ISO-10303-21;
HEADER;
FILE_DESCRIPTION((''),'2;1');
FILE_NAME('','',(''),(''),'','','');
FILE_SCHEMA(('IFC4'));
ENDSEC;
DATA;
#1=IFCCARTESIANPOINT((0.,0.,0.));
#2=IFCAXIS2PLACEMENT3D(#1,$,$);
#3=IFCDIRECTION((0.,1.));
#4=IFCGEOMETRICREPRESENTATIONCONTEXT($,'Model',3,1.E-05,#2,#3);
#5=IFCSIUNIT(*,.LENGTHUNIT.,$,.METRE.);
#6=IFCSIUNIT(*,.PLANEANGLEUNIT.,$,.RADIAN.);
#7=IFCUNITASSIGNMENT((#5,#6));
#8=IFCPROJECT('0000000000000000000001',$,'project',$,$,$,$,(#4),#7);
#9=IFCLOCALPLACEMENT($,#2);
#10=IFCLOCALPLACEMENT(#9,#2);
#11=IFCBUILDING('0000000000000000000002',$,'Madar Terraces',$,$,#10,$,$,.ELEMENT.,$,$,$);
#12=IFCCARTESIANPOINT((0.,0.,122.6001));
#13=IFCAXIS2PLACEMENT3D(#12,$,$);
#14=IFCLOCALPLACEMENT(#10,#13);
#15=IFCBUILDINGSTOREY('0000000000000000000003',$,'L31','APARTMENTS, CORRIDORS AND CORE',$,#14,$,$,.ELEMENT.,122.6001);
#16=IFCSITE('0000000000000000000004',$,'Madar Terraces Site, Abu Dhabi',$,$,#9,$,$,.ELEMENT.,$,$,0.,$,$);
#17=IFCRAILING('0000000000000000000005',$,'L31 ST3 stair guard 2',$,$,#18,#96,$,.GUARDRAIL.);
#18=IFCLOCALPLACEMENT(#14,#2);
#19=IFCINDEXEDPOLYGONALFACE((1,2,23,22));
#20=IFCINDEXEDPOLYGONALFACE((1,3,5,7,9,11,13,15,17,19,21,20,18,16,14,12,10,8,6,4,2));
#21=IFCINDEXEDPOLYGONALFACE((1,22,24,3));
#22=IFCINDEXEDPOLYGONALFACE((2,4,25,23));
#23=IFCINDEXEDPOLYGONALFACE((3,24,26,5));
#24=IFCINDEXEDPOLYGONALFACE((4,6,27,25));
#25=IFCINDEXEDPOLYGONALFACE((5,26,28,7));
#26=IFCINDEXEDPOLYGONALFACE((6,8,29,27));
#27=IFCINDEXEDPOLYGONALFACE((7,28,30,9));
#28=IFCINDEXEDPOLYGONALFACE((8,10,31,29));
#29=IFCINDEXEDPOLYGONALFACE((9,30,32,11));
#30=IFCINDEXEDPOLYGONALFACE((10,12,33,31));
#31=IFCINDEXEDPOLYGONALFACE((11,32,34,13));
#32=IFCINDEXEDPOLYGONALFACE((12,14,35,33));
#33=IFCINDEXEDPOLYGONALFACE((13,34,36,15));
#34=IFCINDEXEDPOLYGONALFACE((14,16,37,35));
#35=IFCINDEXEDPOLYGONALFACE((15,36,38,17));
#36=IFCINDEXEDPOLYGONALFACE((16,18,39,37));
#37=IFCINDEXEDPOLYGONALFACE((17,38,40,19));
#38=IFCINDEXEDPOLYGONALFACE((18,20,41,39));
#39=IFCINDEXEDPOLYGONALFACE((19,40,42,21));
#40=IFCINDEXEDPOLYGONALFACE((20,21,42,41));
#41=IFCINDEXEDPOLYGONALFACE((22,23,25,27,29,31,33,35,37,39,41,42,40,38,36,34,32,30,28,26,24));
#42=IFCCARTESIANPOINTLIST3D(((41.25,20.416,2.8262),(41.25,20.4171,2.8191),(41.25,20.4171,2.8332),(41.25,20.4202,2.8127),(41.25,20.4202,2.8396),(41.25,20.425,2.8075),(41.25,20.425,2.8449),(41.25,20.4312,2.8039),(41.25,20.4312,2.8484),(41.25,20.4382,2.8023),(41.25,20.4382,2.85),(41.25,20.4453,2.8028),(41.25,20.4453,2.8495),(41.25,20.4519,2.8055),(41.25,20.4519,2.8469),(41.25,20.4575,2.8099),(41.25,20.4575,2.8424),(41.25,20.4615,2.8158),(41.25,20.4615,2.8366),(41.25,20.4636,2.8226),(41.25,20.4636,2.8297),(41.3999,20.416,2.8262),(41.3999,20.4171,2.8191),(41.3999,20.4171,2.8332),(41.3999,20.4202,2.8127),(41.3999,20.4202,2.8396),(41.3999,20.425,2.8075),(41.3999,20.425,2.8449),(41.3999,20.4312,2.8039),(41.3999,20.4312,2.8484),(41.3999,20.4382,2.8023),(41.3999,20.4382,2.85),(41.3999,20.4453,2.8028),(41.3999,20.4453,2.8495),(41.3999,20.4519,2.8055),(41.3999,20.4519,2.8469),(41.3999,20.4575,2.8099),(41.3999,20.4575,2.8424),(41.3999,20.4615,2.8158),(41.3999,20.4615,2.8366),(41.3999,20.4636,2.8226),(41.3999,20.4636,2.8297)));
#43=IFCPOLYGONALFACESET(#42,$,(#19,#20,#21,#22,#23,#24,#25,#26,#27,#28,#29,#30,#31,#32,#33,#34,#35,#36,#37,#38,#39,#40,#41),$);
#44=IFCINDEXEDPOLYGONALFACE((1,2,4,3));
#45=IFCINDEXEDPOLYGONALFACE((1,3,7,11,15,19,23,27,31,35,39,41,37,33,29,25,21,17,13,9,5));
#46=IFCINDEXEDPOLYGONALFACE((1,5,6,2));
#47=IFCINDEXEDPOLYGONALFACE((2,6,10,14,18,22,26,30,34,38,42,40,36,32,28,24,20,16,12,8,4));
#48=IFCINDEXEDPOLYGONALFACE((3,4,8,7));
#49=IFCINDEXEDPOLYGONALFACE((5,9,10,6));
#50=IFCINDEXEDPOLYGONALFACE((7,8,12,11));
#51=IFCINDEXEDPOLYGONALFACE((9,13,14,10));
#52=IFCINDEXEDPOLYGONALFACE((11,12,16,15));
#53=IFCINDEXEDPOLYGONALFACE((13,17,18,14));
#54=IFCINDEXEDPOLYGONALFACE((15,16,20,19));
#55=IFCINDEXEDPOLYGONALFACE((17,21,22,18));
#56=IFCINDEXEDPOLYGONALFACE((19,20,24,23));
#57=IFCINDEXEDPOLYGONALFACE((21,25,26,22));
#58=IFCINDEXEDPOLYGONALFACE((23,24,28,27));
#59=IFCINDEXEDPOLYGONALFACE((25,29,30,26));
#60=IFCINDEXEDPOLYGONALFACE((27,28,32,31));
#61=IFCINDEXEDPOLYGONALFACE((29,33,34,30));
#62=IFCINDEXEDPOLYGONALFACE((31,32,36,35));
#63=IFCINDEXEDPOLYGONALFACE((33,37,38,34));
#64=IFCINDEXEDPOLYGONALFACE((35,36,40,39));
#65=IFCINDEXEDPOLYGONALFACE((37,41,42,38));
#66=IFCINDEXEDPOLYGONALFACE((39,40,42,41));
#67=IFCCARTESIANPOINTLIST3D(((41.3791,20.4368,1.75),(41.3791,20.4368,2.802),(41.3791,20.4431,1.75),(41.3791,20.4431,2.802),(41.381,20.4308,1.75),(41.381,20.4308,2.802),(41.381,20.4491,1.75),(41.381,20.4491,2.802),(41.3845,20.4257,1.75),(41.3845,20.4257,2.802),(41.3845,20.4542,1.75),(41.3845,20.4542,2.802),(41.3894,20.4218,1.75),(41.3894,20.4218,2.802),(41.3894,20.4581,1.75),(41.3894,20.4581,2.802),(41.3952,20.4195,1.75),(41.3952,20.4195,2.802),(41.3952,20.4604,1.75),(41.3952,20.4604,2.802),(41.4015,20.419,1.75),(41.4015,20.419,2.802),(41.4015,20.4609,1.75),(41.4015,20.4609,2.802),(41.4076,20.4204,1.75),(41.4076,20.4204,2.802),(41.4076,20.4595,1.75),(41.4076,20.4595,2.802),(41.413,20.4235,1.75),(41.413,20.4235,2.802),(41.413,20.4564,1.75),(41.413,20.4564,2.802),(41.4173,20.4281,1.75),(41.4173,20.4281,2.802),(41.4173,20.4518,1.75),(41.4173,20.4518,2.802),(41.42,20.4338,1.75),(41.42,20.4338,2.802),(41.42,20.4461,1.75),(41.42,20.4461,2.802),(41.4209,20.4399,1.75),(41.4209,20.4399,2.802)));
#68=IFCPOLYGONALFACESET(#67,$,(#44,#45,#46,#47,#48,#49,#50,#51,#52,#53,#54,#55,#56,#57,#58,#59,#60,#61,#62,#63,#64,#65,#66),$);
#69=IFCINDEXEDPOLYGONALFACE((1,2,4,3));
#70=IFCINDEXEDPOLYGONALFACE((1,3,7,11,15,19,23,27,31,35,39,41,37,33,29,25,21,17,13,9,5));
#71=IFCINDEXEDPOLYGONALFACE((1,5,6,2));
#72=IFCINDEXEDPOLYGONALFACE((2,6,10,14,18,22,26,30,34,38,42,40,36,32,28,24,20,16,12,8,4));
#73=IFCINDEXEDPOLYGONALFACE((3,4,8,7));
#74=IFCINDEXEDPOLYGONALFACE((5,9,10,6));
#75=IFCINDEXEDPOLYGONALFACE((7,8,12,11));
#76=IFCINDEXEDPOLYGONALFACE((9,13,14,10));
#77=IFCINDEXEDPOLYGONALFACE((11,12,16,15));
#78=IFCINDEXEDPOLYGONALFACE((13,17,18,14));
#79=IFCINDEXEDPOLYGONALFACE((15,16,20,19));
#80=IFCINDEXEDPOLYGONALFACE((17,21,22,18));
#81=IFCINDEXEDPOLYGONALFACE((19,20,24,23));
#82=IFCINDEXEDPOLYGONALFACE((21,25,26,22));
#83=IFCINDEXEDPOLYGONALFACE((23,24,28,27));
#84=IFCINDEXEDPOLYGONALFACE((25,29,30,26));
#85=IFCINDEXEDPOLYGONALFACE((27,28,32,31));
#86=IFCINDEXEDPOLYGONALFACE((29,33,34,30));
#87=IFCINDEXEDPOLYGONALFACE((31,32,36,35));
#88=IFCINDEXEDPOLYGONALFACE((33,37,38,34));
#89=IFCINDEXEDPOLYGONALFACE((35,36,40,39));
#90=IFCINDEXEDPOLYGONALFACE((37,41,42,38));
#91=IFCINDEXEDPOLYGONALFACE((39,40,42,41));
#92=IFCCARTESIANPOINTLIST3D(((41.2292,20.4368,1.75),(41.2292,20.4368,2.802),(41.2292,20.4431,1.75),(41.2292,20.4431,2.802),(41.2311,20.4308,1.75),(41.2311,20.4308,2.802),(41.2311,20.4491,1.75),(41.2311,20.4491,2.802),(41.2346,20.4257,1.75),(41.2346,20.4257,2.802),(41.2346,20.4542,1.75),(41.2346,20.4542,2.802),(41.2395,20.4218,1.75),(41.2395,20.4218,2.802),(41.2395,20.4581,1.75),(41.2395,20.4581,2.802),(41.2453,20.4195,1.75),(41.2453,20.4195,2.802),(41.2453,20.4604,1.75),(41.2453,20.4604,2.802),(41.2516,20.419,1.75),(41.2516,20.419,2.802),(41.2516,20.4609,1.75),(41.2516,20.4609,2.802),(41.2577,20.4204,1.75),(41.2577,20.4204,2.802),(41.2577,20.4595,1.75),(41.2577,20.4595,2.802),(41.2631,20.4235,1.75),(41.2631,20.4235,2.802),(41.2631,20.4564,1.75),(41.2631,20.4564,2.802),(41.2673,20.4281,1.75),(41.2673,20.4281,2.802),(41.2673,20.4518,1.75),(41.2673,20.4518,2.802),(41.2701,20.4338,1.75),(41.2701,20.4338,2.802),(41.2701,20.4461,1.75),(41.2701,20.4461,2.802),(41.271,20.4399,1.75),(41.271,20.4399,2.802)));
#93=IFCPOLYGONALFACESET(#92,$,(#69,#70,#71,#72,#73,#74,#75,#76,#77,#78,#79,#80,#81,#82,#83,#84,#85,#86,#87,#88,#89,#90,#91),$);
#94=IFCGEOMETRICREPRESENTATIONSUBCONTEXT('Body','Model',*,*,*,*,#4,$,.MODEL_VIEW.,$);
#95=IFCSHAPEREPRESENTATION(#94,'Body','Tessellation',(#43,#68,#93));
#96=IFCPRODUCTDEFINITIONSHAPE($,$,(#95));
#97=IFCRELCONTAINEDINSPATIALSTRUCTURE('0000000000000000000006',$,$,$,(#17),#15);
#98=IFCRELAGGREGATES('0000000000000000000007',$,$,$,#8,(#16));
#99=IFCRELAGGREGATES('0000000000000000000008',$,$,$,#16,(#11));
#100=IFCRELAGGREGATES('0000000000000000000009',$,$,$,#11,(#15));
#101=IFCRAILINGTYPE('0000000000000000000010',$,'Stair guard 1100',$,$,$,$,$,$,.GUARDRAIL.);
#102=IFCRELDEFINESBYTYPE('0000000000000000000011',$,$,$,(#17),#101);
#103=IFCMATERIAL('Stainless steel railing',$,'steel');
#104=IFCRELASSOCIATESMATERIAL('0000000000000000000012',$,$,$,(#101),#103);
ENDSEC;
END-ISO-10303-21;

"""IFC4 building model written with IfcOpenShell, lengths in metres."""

from ifc_helpers import new_model, si_unit, direction, frame, origin, origin_2d, place, context, subcontext, project, spatial, circle, extrude, material, type_object, element, save


model = new_model("IFC4")

# Units and contexts
model_context = context("Model", 3, precision=1e-05, world=origin(), true_north=direction((0.0, 1.0)))
body_context = subcontext(model_context, "Body", "Model", "MODEL_VIEW")
ifc_project = project(units=[si_unit("LENGTHUNIT", "METRE"), si_unit("PLANEANGLEUNIT", "RADIAN")], contexts=[model_context])

# Site, building, storey
site_placement = place(None, origin())
site = spatial("IfcSite", under=ifc_project, at=site_placement, Name="Madar Terraces Site, Abu Dhabi", CompositionType="ELEMENT", RefElevation=0.0)
building_placement = place(site_placement, origin())
building = spatial("IfcBuilding", under=site, at=building_placement, Name="Madar Terraces", CompositionType="ELEMENT")
storey_placement = place(building_placement, frame((0.0, 0.0, 122.6001)))
storey = spatial("IfcBuildingStorey", under=building, at=storey_placement, Name="L31", Description="APARTMENTS, CORRIDORS AND CORE", CompositionType="ELEMENT", Elevation=122.6001)

# Railing
ifc_material_1 = material(Name="Stainless steel railing", Category="steel")
railing_type_1 = type_object("IfcRailingType", Name="Stair guard 1100", PredefinedType="GUARDRAIL", material=ifc_material_1)
railing_1_placement = place(storey_placement, frame((41.3999, 20.4399, 1.75)))
element("IfcRailing", 1, at=railing_1_placement, inside=storey, type_object=railing_type_1, Name="L31 ST3 stair guard 2", PredefinedType="GUARDRAIL", context=body_context, shape_type="SweptSolid", body=[
    extrude(circle(Radius=0.0239, at=origin_2d()), frame((0.0, 0.0, 1.0762), z_axis=(-1.0, 0.0, 0.0), x_axis=(0.0, -1.0, 0.0)), (0.0, 0.0, 1.0), 0.1499),
    extrude(circle(Radius=0.021, at=origin_2d()), origin(), (0.0, 0.0, 1.0), 1.052),
    extrude(circle(Radius=0.021, at=origin_2d()), frame((-0.1499, 0.0, 0.0)), (0.0, 0.0, 1.0), 1.052),
])

save(model, "model.ifc")
